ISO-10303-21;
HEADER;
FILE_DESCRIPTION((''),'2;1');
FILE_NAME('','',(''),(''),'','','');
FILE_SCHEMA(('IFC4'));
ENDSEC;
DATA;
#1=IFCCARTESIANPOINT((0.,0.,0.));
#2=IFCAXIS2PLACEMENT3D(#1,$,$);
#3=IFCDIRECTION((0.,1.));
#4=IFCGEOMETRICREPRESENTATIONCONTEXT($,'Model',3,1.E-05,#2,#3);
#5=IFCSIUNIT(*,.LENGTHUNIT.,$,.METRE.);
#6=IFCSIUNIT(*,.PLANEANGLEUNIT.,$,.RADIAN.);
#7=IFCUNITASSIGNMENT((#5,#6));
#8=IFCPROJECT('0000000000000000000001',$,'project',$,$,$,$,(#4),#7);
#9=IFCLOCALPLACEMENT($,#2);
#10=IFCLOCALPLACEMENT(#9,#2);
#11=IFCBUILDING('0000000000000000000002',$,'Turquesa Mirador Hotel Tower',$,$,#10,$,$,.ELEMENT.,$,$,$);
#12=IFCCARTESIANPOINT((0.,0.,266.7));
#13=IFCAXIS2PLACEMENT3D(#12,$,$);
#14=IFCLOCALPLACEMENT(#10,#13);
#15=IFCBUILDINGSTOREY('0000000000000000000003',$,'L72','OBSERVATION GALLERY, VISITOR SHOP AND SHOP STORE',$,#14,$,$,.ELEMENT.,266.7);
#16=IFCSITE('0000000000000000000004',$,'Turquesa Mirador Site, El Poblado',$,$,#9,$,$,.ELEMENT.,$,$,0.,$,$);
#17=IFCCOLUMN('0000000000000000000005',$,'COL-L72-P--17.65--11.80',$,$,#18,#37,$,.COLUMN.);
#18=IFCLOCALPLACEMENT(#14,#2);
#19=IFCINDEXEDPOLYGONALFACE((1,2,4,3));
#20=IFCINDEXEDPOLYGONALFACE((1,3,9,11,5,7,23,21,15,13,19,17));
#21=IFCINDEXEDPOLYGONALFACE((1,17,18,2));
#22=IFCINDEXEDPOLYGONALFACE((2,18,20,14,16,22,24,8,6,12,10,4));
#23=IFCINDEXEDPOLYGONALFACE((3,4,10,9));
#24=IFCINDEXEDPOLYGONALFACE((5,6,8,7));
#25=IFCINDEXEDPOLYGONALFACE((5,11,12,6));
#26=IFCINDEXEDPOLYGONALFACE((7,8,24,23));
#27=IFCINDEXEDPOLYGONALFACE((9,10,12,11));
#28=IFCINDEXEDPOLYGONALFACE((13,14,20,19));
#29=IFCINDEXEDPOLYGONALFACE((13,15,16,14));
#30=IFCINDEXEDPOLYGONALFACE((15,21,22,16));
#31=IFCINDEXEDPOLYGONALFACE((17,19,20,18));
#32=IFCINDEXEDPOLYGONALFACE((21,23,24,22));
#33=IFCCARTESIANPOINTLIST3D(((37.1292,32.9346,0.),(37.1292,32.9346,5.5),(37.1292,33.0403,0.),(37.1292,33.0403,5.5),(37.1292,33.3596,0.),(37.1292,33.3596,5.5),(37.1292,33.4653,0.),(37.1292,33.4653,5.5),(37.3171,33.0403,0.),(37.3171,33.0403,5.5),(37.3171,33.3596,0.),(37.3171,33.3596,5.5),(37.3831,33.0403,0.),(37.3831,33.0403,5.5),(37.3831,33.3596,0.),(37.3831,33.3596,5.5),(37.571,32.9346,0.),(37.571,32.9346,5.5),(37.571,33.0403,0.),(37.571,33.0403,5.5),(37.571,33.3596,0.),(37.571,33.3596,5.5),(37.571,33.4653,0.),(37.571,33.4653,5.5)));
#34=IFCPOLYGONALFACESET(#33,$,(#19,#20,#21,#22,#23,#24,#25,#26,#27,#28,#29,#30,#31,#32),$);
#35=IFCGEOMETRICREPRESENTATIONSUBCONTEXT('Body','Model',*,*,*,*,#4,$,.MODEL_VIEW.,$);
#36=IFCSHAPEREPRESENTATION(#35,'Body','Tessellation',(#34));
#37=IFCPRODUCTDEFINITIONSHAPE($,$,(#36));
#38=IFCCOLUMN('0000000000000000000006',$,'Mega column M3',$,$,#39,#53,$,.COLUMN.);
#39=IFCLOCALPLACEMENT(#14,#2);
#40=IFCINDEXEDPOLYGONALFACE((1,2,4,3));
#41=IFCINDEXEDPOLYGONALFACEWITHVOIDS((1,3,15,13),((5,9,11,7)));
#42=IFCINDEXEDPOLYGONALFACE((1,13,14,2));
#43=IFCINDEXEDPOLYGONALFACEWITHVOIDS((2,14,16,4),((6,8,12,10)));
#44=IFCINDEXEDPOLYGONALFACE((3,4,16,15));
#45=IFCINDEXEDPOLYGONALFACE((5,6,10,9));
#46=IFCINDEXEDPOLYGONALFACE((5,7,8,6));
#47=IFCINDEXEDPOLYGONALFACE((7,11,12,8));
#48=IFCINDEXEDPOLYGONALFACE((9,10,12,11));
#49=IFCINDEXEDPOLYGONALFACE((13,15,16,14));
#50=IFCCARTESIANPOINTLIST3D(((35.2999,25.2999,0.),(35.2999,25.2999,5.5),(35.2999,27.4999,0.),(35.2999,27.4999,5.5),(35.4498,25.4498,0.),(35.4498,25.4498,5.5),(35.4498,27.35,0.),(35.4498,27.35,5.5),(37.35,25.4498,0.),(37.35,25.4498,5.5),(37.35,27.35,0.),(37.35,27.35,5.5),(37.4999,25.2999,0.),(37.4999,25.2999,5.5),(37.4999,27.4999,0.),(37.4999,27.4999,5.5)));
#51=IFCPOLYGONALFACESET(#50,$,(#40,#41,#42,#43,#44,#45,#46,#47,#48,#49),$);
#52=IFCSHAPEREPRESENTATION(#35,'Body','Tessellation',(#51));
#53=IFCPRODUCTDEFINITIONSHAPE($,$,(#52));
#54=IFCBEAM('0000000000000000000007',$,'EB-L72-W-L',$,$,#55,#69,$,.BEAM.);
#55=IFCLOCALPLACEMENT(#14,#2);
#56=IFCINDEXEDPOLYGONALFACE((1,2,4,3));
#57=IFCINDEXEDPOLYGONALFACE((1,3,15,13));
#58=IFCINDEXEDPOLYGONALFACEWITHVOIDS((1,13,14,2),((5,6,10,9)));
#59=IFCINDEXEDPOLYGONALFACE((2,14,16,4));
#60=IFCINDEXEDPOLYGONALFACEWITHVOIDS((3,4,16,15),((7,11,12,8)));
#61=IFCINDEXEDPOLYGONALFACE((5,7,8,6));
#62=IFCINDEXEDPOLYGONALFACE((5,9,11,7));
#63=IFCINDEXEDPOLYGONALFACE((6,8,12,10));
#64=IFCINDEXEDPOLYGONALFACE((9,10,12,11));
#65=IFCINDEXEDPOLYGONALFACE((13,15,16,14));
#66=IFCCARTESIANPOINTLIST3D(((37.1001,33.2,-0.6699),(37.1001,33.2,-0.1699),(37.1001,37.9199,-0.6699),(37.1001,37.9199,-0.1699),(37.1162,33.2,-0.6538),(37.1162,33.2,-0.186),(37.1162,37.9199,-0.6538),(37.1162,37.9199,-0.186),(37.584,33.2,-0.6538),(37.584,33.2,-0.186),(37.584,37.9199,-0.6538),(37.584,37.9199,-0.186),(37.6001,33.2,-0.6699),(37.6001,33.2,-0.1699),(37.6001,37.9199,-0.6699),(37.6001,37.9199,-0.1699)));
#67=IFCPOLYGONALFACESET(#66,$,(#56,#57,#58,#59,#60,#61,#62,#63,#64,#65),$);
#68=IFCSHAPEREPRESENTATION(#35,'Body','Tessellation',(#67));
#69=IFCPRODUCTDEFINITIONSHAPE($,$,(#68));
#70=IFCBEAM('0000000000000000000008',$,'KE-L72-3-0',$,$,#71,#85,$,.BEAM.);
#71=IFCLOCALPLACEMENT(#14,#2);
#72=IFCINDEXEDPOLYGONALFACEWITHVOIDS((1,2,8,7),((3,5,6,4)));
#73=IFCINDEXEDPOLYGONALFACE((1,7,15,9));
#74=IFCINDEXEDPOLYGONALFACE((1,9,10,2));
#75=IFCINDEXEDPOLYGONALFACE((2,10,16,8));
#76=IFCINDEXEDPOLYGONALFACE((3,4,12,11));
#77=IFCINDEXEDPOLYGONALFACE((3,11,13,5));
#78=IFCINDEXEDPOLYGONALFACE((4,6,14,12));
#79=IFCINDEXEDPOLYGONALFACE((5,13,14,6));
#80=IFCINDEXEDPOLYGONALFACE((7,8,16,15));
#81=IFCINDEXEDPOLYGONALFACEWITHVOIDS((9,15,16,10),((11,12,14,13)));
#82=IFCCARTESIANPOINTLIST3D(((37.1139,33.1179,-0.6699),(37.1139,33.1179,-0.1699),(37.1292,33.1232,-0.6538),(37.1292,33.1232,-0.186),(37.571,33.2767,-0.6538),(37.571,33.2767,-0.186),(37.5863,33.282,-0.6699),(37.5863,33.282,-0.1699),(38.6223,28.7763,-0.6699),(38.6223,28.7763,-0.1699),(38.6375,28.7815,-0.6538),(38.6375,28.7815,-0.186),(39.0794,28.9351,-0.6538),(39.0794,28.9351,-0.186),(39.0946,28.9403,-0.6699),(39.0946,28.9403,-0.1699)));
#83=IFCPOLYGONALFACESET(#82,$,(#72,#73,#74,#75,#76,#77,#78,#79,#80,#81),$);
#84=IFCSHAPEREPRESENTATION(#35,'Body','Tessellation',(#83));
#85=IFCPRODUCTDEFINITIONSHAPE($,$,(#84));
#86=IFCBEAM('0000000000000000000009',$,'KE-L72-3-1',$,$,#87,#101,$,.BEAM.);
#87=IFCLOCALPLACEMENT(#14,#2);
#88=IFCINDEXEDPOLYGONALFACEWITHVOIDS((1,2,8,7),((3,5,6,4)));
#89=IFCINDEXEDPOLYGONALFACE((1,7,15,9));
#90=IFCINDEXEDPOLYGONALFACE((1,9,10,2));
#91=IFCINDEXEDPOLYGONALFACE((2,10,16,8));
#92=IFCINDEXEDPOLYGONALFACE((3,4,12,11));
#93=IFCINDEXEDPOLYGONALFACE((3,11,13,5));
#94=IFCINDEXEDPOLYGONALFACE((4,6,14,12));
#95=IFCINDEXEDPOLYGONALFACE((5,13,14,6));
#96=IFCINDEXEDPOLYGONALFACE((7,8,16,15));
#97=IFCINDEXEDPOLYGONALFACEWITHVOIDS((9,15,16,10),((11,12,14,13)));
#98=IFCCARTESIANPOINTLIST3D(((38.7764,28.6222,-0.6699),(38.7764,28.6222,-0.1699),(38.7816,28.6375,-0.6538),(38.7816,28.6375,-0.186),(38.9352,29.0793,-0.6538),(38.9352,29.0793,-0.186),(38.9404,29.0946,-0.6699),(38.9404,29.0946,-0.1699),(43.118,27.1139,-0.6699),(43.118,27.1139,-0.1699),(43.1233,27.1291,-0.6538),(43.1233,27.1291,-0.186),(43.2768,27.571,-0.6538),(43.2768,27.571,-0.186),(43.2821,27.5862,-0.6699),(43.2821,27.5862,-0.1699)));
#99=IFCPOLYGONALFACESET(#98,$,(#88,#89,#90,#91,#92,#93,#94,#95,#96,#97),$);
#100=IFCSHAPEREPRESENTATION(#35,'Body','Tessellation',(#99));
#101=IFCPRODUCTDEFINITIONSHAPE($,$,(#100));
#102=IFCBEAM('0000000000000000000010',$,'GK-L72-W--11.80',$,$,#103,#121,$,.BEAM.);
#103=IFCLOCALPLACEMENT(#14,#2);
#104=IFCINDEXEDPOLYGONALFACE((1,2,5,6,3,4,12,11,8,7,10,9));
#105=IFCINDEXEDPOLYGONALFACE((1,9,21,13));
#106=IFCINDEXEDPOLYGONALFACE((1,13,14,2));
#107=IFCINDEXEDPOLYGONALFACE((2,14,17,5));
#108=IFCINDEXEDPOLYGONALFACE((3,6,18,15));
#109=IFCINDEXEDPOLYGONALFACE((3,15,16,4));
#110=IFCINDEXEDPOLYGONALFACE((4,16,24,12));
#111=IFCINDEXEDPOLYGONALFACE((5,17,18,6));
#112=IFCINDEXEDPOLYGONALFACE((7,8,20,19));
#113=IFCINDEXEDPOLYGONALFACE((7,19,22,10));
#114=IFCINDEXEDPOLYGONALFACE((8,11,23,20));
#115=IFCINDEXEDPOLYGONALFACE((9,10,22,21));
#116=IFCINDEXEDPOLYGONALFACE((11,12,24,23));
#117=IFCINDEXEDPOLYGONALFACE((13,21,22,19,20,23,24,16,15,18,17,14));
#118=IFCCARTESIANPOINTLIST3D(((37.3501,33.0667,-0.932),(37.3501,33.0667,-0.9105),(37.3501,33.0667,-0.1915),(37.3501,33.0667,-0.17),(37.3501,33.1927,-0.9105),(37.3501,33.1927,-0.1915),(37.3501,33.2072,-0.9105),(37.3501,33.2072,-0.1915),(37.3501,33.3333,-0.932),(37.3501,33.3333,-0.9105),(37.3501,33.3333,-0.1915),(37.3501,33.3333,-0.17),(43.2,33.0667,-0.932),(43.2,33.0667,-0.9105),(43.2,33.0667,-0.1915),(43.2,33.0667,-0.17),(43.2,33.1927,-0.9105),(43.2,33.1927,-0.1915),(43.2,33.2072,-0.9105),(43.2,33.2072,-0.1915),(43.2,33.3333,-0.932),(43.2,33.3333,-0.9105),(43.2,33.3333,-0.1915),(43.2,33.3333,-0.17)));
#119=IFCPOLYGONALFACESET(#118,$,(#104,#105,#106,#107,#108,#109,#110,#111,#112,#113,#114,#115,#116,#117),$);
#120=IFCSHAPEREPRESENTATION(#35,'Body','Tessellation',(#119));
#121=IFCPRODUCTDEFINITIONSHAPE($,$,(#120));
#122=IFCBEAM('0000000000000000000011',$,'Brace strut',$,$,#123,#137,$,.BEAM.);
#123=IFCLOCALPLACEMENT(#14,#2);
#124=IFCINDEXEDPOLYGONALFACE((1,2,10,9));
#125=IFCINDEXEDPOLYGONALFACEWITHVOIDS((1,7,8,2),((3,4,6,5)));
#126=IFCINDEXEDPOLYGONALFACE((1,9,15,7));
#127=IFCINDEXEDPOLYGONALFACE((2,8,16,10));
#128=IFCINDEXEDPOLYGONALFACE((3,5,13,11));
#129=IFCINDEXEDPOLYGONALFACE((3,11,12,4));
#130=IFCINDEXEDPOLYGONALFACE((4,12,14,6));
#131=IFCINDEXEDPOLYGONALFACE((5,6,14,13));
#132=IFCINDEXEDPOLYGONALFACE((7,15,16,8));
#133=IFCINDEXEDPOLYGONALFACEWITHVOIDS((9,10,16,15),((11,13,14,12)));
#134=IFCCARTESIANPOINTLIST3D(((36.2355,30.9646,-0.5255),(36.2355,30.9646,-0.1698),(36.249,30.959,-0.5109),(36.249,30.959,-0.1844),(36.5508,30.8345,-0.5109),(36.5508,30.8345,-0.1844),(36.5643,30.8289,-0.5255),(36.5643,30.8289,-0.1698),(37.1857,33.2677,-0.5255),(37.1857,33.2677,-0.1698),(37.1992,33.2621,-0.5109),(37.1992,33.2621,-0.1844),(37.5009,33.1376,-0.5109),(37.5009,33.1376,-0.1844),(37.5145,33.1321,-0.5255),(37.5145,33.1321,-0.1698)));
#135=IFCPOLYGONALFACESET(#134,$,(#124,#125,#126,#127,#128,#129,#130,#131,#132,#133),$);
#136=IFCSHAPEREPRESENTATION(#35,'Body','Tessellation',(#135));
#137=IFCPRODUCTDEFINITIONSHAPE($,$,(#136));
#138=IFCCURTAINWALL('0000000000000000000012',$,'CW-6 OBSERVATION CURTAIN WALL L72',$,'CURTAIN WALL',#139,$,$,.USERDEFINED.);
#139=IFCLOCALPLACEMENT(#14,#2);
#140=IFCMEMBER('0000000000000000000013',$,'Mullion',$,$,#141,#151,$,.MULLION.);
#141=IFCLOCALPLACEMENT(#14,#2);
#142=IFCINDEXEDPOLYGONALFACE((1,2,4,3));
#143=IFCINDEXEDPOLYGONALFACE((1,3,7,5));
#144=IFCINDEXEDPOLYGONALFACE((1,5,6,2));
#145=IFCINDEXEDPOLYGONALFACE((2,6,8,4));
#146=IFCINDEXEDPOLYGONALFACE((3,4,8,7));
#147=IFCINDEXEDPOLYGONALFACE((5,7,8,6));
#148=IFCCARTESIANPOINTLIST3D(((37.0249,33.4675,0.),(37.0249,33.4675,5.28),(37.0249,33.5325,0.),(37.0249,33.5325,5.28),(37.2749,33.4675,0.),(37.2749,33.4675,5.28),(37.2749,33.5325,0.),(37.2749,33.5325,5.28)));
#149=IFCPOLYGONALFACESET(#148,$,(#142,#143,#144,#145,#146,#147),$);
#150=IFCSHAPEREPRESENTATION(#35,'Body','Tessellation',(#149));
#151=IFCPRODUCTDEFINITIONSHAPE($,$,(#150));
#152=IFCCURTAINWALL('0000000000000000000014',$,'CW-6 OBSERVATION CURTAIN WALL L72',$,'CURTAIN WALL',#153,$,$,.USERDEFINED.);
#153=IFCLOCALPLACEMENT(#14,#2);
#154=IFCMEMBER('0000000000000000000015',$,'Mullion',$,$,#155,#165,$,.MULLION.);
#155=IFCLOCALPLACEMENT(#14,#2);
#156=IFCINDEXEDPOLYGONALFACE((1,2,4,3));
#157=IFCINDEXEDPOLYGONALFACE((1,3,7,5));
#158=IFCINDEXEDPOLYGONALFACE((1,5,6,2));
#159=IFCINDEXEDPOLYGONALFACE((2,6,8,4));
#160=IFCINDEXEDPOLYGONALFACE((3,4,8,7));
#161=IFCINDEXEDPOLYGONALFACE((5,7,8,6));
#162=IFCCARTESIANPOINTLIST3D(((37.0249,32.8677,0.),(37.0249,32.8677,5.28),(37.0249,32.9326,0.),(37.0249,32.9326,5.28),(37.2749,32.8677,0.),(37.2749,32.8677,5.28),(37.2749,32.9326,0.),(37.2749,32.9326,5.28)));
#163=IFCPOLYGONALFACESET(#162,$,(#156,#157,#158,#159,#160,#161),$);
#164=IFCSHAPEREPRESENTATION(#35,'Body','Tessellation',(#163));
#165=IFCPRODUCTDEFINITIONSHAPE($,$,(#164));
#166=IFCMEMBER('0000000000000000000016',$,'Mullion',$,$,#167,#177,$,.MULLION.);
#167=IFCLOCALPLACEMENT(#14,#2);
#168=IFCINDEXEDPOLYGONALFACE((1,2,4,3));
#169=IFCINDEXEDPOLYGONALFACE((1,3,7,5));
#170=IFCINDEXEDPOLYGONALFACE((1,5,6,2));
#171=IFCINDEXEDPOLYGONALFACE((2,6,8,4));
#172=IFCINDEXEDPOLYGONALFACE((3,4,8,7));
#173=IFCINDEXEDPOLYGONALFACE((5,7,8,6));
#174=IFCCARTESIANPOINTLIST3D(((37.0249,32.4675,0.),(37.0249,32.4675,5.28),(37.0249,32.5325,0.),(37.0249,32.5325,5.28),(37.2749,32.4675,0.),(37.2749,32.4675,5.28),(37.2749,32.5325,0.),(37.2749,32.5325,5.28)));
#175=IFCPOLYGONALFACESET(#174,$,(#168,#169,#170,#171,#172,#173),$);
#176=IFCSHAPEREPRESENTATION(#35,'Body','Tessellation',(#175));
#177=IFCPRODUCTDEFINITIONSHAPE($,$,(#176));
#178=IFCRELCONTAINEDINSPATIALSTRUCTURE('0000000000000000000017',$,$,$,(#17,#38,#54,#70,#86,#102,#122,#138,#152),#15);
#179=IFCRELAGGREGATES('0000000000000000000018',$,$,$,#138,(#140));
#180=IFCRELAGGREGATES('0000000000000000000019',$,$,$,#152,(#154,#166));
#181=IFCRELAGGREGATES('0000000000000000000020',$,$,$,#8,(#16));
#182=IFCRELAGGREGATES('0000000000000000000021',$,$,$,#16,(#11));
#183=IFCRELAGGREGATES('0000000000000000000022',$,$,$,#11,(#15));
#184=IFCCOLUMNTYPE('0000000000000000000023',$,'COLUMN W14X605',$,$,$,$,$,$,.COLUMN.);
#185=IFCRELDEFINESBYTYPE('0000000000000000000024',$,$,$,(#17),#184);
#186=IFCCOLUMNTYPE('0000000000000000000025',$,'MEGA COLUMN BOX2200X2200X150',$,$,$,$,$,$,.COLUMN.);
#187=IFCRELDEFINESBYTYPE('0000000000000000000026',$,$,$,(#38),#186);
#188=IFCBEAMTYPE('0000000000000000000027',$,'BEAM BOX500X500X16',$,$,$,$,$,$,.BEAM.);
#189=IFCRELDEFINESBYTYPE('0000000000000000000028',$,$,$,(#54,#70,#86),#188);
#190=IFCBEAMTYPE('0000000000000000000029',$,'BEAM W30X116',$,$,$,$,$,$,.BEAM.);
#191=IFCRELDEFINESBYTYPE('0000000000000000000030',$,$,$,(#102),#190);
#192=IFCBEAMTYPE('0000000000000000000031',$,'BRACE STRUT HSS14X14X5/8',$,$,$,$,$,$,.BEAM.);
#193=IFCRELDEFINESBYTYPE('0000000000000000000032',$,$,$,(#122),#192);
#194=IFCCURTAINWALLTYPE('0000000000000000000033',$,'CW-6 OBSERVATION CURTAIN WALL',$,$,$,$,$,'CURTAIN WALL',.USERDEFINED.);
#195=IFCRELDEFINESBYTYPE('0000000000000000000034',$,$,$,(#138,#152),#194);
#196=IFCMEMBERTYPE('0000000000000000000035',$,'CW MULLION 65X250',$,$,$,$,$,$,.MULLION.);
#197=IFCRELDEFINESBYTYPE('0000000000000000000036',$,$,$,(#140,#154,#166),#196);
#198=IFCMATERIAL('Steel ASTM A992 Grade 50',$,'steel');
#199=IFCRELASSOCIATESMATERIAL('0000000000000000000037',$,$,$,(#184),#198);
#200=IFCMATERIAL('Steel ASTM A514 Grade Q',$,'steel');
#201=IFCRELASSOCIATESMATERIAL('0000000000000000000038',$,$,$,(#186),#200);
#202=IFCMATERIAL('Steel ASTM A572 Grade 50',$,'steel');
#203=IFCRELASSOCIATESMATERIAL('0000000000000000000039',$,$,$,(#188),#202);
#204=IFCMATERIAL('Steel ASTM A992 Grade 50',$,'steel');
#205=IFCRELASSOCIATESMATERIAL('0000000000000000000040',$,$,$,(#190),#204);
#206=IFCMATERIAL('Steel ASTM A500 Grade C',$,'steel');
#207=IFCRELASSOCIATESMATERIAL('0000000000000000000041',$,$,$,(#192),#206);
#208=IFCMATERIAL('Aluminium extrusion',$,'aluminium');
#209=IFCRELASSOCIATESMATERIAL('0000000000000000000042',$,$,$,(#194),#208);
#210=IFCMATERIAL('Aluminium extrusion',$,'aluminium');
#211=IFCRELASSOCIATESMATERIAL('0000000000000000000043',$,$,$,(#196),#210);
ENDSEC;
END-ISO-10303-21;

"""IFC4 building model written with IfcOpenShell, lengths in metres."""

from ifc_helpers import new_model, si_unit, direction, frame, origin, origin_2d, place, context, subcontext, project, spatial, rectangle, hollow_rectangle, i_section, extrude, material, material_profile, profile_set, type_object, element, aggregate, save


model = new_model("IFC4")

# Units and contexts
model_context = context("Model", 3, precision=1e-05, world=origin(), true_north=direction((0.0, 1.0)))
body_context = subcontext(model_context, "Body", "Model", "MODEL_VIEW")
ifc_project = project(units=[si_unit("LENGTHUNIT", "METRE"), si_unit("PLANEANGLEUNIT", "RADIAN")], contexts=[model_context])

# Site, building, storey
site_placement = place(None, origin())
site = spatial("IfcSite", under=ifc_project, at=site_placement, Name="Turquesa Mirador Site, El Poblado", CompositionType="ELEMENT", RefElevation=0.0)
building_placement = place(site_placement, origin())
building = spatial("IfcBuilding", under=site, at=building_placement, Name="Turquesa Mirador Hotel Tower", CompositionType="ELEMENT")
storey_placement = place(building_placement, frame((0.0, 0.0, 266.7)))
storey = spatial("IfcBuildingStorey", under=building, at=storey_placement, Name="L72", Description="OBSERVATION GALLERY, VISITOR SHOP AND SHOP STORE", CompositionType="ELEMENT", Elevation=266.7)

# Columns
ifc_material_1 = material(Name="Steel ASTM A992 Grade 50", Category="steel")
ifc_material_profile_1 = material_profile(ifc_material_1, i_section(OverallWidth=0.4419, OverallDepth=0.5308, WebThickness=0.0659, FlangeThickness=0.1057, at=origin_2d()), Name="W14X605")
ifc_profile_set_1 = profile_set([ifc_material_profile_1], Name="Steel ASTM A992 Grade 50")
column_type_1 = type_object("IfcColumnType", Name="COLUMN W14X605", PredefinedType="COLUMN", material=ifc_profile_set_1)
column_1_placement = place(storey_placement, frame((37.3501, 33.2, 0.0), z_axis=(0.0, 0.0, 1.0), x_axis=(1.0, 0.0, 0.0)))
element("IfcColumn", 1, at=column_1_placement, inside=storey, type_object=column_type_1, Name="COL-L72-P--17.65--11.80", PredefinedType="COLUMN", context=body_context, shape_type="SweptSolid", body=[
    extrude(i_section(OverallWidth=0.4419, OverallDepth=0.5308, WebThickness=0.0659, FlangeThickness=0.1057, at=origin_2d()), origin(), (0.0, 0.0, 1.0), 5.5),
])
ifc_material_2 = material(Name="Steel ASTM A514 Grade Q", Category="steel")
ifc_material_profile_2 = material_profile(ifc_material_2, hollow_rectangle(XDim=2.2, YDim=2.2, WallThickness=0.1499, at=origin_2d()), Name="BOX2200X2200X150")
ifc_profile_set_2 = profile_set([ifc_material_profile_2], Name="Steel ASTM A514 Grade Q")
column_type_2 = type_object("IfcColumnType", Name="MEGA COLUMN BOX2200X2200X150", PredefinedType="COLUMN", material=ifc_profile_set_2)
column_2_placement = place(storey_placement, frame((36.3999, 26.3999, 0.0), z_axis=(0.0, 0.0, 1.0), x_axis=(1.0, 0.0, 0.0)))
element("IfcColumn", 2, at=column_2_placement, inside=storey, type_object=column_type_2, Name="Mega column M3", PredefinedType="COLUMN", context=body_context, shape_type="SweptSolid", body=[
    extrude(hollow_rectangle(XDim=2.2, YDim=2.2, WallThickness=0.1499, at=origin_2d()), origin(), (0.0, 0.0, 1.0), 5.5),
])

# Beams
ifc_material_3 = material(Name="Steel ASTM A572 Grade 50", Category="steel")
ifc_material_profile_3 = material_profile(ifc_material_3, hollow_rectangle(XDim=0.5, YDim=0.5, WallThickness=0.0161, at=origin_2d()), Name="BOX500X500X16")
ifc_profile_set_3 = profile_set([ifc_material_profile_3], Name="Steel ASTM A572 Grade 50")
beam_type_1 = type_object("IfcBeamType", Name="BEAM BOX500X500X16", PredefinedType="BEAM", material=ifc_profile_set_3)
beam_1_placement = place(storey_placement, frame((37.3501, 33.2, -0.4199), z_axis=(0.0, 1.0, 0.0), x_axis=(-1.0, 0.0, 0.0)))
element("IfcBeam", 3, at=beam_1_placement, inside=storey, type_object=beam_type_1, Name="EB-L72-W-L", PredefinedType="BEAM", context=body_context, shape_type="SweptSolid", body=[
    extrude(hollow_rectangle(XDim=0.5, YDim=0.5, WallThickness=0.0161, at=origin_2d()), origin(), (0.0, 0.0, 1.0), 4.72),
])
for number, where, z_axis, x_axis, name in (
    (4, (37.3501, 33.2, -0.4199), (0.32817, -0.944619, 0.0), (0.944619, 0.32817, 0.0), "KE-L72-3-0"),
    (5, (38.8584, 28.8584, -0.4199), (0.944619, -0.32817, 0.0), (0.32817, 0.944619, 0.0), "KE-L72-3-1"),
):
    element("IfcBeam", number, at=place(storey_placement, frame(where, z_axis=z_axis, x_axis=x_axis)), inside=storey, type_object=beam_type_1, Name=name, PredefinedType="BEAM", context=body_context, shape_type="SweptSolid", body=[
        extrude(hollow_rectangle(XDim=0.5, YDim=0.5, WallThickness=0.0161, at=origin_2d()), origin(), (0.0, 0.0, 1.0), 4.5962),
    ])
ifc_material_4 = material(Name="Steel ASTM A992 Grade 50", Category="steel")
ifc_material_profile_4 = material_profile(ifc_material_4, i_section(OverallWidth=0.2666, OverallDepth=0.762, WebThickness=0.0144, FlangeThickness=0.0215, at=origin_2d()), Name="W30X116")
ifc_profile_set_4 = profile_set([ifc_material_profile_4], Name="Steel ASTM A992 Grade 50")
beam_type_2 = type_object("IfcBeamType", Name="BEAM W30X116", PredefinedType="BEAM", material=ifc_profile_set_4)
beam_2_placement = place(storey_placement, frame((37.3501, 33.2, -0.551), z_axis=(1.0, 0.0, 0.0), x_axis=(0.0, 1.0, 0.0)))
element("IfcBeam", 6, at=beam_2_placement, inside=storey, type_object=beam_type_2, Name="GK-L72-W--11.80", PredefinedType="BEAM", context=body_context, shape_type="SweptSolid", body=[
    extrude(i_section(OverallWidth=0.2666, OverallDepth=0.762, WebThickness=0.0144, FlangeThickness=0.0215, at=origin_2d()), origin(), (0.0, 0.0, 1.0), 5.8499),
])
ifc_material_5 = material(Name="Steel ASTM A500 Grade C", Category="steel")
ifc_material_profile_5 = material_profile(ifc_material_5, hollow_rectangle(XDim=0.3557, YDim=0.3557, WallThickness=0.0146, at=origin_2d()), Name="HSS14X14X5/8")
ifc_profile_set_5 = profile_set([ifc_material_profile_5], Name="Steel ASTM A500 Grade C")
beam_type_3 = type_object("IfcBeamType", Name="BRACE STRUT HSS14X14X5/8", PredefinedType="BEAM", material=ifc_profile_set_5)
beam_3_placement = place(storey_placement, frame((36.3999, 30.8967, -0.3477), z_axis=(0.381371, 0.924422, 0.0), x_axis=(-0.924422, 0.381371, 0.0)))
element("IfcBeam", 7, at=beam_3_placement, inside=storey, type_object=beam_type_3, Name="Brace strut", PredefinedType="BEAM", context=body_context, shape_type="SweptSolid", body=[
    extrude(hollow_rectangle(XDim=0.3557, YDim=0.3557, WallThickness=0.0146, at=origin_2d()), origin(), (0.0, 0.0, 1.0), 2.4915),
])

# Curtain wall, member
ifc_material_6 = material(Name="Aluminium extrusion", Category="aluminium")
curtain_wall_type = type_object("IfcCurtainWallType", Name="CW-6 OBSERVATION CURTAIN WALL", ElementType="CURTAIN WALL", PredefinedType="USERDEFINED", material=ifc_material_6)
curtain_wall_1_placement = place(storey_placement, origin())
curtain_wall_1 = element("IfcCurtainWall", 8, at=curtain_wall_1_placement, inside=storey, type_object=curtain_wall_type, Name="CW-6 OBSERVATION CURTAIN WALL L72", ObjectType="CURTAIN WALL", PredefinedType="USERDEFINED")
ifc_material_7 = material(Name="Aluminium extrusion", Category="aluminium")
ifc_material_profile_6 = material_profile(ifc_material_7, rectangle(XDim=0.0649, YDim=0.25, at=origin_2d()), Name="MULLION 65X250")
ifc_profile_set_6 = profile_set([ifc_material_profile_6], Name="Aluminium extrusion")
member_type_1 = type_object("IfcMemberType", Name="CW MULLION 65X250", PredefinedType="MULLION", material=ifc_profile_set_6)
member_1_placement = place(storey_placement, frame((37.1499, 33.5, 0.0), z_axis=(0.0, 0.0, 1.0), x_axis=(0.0, -1.0, 0.0)))
member_1 = element("IfcMember", 9, at=member_1_placement, type_object=member_type_1, Name="Mullion", PredefinedType="MULLION", context=body_context, shape_type="SweptSolid", body=[
    extrude(rectangle(XDim=0.0649, YDim=0.25, at=origin_2d()), origin(), (0.0, 0.0, 1.0), 5.28),
])

# Curtain wall, members
curtain_wall_2_placement = place(storey_placement, origin())
curtain_wall_2 = element("IfcCurtainWall", 10, at=curtain_wall_2_placement, inside=storey, type_object=curtain_wall_type, Name="CW-6 OBSERVATION CURTAIN WALL L72", ObjectType="CURTAIN WALL", PredefinedType="USERDEFINED")
member_2_placement = place(storey_placement, frame((37.1499, 32.9001, 0.0), z_axis=(0.0, 0.0, 1.0), x_axis=(0.0, -1.0, 0.0)))
member_2 = element("IfcMember", 11, at=member_2_placement, type_object=member_type_1, Name="Mullion", PredefinedType="MULLION", context=body_context, shape_type="SweptSolid", body=[
    extrude(rectangle(XDim=0.0649, YDim=0.25, at=origin_2d()), origin(), (0.0, 0.0, 1.0), 5.28),
])
member_3_placement = place(storey_placement, frame((37.1499, 32.5, 0.0), z_axis=(0.0, 0.0, 1.0), x_axis=(0.0, -1.0, 0.0)))
member_3 = element("IfcMember", 12, at=member_3_placement, type_object=member_type_1, Name="Mullion", PredefinedType="MULLION", context=body_context, shape_type="SweptSolid", body=[
    extrude(rectangle(XDim=0.0649, YDim=0.25, at=origin_2d()), origin(), (0.0, 0.0, 1.0), 5.28),
])

aggregate(curtain_wall_1, [member_1])
aggregate(curtain_wall_2, [member_2, member_3])

save(model, "model.ifc")
